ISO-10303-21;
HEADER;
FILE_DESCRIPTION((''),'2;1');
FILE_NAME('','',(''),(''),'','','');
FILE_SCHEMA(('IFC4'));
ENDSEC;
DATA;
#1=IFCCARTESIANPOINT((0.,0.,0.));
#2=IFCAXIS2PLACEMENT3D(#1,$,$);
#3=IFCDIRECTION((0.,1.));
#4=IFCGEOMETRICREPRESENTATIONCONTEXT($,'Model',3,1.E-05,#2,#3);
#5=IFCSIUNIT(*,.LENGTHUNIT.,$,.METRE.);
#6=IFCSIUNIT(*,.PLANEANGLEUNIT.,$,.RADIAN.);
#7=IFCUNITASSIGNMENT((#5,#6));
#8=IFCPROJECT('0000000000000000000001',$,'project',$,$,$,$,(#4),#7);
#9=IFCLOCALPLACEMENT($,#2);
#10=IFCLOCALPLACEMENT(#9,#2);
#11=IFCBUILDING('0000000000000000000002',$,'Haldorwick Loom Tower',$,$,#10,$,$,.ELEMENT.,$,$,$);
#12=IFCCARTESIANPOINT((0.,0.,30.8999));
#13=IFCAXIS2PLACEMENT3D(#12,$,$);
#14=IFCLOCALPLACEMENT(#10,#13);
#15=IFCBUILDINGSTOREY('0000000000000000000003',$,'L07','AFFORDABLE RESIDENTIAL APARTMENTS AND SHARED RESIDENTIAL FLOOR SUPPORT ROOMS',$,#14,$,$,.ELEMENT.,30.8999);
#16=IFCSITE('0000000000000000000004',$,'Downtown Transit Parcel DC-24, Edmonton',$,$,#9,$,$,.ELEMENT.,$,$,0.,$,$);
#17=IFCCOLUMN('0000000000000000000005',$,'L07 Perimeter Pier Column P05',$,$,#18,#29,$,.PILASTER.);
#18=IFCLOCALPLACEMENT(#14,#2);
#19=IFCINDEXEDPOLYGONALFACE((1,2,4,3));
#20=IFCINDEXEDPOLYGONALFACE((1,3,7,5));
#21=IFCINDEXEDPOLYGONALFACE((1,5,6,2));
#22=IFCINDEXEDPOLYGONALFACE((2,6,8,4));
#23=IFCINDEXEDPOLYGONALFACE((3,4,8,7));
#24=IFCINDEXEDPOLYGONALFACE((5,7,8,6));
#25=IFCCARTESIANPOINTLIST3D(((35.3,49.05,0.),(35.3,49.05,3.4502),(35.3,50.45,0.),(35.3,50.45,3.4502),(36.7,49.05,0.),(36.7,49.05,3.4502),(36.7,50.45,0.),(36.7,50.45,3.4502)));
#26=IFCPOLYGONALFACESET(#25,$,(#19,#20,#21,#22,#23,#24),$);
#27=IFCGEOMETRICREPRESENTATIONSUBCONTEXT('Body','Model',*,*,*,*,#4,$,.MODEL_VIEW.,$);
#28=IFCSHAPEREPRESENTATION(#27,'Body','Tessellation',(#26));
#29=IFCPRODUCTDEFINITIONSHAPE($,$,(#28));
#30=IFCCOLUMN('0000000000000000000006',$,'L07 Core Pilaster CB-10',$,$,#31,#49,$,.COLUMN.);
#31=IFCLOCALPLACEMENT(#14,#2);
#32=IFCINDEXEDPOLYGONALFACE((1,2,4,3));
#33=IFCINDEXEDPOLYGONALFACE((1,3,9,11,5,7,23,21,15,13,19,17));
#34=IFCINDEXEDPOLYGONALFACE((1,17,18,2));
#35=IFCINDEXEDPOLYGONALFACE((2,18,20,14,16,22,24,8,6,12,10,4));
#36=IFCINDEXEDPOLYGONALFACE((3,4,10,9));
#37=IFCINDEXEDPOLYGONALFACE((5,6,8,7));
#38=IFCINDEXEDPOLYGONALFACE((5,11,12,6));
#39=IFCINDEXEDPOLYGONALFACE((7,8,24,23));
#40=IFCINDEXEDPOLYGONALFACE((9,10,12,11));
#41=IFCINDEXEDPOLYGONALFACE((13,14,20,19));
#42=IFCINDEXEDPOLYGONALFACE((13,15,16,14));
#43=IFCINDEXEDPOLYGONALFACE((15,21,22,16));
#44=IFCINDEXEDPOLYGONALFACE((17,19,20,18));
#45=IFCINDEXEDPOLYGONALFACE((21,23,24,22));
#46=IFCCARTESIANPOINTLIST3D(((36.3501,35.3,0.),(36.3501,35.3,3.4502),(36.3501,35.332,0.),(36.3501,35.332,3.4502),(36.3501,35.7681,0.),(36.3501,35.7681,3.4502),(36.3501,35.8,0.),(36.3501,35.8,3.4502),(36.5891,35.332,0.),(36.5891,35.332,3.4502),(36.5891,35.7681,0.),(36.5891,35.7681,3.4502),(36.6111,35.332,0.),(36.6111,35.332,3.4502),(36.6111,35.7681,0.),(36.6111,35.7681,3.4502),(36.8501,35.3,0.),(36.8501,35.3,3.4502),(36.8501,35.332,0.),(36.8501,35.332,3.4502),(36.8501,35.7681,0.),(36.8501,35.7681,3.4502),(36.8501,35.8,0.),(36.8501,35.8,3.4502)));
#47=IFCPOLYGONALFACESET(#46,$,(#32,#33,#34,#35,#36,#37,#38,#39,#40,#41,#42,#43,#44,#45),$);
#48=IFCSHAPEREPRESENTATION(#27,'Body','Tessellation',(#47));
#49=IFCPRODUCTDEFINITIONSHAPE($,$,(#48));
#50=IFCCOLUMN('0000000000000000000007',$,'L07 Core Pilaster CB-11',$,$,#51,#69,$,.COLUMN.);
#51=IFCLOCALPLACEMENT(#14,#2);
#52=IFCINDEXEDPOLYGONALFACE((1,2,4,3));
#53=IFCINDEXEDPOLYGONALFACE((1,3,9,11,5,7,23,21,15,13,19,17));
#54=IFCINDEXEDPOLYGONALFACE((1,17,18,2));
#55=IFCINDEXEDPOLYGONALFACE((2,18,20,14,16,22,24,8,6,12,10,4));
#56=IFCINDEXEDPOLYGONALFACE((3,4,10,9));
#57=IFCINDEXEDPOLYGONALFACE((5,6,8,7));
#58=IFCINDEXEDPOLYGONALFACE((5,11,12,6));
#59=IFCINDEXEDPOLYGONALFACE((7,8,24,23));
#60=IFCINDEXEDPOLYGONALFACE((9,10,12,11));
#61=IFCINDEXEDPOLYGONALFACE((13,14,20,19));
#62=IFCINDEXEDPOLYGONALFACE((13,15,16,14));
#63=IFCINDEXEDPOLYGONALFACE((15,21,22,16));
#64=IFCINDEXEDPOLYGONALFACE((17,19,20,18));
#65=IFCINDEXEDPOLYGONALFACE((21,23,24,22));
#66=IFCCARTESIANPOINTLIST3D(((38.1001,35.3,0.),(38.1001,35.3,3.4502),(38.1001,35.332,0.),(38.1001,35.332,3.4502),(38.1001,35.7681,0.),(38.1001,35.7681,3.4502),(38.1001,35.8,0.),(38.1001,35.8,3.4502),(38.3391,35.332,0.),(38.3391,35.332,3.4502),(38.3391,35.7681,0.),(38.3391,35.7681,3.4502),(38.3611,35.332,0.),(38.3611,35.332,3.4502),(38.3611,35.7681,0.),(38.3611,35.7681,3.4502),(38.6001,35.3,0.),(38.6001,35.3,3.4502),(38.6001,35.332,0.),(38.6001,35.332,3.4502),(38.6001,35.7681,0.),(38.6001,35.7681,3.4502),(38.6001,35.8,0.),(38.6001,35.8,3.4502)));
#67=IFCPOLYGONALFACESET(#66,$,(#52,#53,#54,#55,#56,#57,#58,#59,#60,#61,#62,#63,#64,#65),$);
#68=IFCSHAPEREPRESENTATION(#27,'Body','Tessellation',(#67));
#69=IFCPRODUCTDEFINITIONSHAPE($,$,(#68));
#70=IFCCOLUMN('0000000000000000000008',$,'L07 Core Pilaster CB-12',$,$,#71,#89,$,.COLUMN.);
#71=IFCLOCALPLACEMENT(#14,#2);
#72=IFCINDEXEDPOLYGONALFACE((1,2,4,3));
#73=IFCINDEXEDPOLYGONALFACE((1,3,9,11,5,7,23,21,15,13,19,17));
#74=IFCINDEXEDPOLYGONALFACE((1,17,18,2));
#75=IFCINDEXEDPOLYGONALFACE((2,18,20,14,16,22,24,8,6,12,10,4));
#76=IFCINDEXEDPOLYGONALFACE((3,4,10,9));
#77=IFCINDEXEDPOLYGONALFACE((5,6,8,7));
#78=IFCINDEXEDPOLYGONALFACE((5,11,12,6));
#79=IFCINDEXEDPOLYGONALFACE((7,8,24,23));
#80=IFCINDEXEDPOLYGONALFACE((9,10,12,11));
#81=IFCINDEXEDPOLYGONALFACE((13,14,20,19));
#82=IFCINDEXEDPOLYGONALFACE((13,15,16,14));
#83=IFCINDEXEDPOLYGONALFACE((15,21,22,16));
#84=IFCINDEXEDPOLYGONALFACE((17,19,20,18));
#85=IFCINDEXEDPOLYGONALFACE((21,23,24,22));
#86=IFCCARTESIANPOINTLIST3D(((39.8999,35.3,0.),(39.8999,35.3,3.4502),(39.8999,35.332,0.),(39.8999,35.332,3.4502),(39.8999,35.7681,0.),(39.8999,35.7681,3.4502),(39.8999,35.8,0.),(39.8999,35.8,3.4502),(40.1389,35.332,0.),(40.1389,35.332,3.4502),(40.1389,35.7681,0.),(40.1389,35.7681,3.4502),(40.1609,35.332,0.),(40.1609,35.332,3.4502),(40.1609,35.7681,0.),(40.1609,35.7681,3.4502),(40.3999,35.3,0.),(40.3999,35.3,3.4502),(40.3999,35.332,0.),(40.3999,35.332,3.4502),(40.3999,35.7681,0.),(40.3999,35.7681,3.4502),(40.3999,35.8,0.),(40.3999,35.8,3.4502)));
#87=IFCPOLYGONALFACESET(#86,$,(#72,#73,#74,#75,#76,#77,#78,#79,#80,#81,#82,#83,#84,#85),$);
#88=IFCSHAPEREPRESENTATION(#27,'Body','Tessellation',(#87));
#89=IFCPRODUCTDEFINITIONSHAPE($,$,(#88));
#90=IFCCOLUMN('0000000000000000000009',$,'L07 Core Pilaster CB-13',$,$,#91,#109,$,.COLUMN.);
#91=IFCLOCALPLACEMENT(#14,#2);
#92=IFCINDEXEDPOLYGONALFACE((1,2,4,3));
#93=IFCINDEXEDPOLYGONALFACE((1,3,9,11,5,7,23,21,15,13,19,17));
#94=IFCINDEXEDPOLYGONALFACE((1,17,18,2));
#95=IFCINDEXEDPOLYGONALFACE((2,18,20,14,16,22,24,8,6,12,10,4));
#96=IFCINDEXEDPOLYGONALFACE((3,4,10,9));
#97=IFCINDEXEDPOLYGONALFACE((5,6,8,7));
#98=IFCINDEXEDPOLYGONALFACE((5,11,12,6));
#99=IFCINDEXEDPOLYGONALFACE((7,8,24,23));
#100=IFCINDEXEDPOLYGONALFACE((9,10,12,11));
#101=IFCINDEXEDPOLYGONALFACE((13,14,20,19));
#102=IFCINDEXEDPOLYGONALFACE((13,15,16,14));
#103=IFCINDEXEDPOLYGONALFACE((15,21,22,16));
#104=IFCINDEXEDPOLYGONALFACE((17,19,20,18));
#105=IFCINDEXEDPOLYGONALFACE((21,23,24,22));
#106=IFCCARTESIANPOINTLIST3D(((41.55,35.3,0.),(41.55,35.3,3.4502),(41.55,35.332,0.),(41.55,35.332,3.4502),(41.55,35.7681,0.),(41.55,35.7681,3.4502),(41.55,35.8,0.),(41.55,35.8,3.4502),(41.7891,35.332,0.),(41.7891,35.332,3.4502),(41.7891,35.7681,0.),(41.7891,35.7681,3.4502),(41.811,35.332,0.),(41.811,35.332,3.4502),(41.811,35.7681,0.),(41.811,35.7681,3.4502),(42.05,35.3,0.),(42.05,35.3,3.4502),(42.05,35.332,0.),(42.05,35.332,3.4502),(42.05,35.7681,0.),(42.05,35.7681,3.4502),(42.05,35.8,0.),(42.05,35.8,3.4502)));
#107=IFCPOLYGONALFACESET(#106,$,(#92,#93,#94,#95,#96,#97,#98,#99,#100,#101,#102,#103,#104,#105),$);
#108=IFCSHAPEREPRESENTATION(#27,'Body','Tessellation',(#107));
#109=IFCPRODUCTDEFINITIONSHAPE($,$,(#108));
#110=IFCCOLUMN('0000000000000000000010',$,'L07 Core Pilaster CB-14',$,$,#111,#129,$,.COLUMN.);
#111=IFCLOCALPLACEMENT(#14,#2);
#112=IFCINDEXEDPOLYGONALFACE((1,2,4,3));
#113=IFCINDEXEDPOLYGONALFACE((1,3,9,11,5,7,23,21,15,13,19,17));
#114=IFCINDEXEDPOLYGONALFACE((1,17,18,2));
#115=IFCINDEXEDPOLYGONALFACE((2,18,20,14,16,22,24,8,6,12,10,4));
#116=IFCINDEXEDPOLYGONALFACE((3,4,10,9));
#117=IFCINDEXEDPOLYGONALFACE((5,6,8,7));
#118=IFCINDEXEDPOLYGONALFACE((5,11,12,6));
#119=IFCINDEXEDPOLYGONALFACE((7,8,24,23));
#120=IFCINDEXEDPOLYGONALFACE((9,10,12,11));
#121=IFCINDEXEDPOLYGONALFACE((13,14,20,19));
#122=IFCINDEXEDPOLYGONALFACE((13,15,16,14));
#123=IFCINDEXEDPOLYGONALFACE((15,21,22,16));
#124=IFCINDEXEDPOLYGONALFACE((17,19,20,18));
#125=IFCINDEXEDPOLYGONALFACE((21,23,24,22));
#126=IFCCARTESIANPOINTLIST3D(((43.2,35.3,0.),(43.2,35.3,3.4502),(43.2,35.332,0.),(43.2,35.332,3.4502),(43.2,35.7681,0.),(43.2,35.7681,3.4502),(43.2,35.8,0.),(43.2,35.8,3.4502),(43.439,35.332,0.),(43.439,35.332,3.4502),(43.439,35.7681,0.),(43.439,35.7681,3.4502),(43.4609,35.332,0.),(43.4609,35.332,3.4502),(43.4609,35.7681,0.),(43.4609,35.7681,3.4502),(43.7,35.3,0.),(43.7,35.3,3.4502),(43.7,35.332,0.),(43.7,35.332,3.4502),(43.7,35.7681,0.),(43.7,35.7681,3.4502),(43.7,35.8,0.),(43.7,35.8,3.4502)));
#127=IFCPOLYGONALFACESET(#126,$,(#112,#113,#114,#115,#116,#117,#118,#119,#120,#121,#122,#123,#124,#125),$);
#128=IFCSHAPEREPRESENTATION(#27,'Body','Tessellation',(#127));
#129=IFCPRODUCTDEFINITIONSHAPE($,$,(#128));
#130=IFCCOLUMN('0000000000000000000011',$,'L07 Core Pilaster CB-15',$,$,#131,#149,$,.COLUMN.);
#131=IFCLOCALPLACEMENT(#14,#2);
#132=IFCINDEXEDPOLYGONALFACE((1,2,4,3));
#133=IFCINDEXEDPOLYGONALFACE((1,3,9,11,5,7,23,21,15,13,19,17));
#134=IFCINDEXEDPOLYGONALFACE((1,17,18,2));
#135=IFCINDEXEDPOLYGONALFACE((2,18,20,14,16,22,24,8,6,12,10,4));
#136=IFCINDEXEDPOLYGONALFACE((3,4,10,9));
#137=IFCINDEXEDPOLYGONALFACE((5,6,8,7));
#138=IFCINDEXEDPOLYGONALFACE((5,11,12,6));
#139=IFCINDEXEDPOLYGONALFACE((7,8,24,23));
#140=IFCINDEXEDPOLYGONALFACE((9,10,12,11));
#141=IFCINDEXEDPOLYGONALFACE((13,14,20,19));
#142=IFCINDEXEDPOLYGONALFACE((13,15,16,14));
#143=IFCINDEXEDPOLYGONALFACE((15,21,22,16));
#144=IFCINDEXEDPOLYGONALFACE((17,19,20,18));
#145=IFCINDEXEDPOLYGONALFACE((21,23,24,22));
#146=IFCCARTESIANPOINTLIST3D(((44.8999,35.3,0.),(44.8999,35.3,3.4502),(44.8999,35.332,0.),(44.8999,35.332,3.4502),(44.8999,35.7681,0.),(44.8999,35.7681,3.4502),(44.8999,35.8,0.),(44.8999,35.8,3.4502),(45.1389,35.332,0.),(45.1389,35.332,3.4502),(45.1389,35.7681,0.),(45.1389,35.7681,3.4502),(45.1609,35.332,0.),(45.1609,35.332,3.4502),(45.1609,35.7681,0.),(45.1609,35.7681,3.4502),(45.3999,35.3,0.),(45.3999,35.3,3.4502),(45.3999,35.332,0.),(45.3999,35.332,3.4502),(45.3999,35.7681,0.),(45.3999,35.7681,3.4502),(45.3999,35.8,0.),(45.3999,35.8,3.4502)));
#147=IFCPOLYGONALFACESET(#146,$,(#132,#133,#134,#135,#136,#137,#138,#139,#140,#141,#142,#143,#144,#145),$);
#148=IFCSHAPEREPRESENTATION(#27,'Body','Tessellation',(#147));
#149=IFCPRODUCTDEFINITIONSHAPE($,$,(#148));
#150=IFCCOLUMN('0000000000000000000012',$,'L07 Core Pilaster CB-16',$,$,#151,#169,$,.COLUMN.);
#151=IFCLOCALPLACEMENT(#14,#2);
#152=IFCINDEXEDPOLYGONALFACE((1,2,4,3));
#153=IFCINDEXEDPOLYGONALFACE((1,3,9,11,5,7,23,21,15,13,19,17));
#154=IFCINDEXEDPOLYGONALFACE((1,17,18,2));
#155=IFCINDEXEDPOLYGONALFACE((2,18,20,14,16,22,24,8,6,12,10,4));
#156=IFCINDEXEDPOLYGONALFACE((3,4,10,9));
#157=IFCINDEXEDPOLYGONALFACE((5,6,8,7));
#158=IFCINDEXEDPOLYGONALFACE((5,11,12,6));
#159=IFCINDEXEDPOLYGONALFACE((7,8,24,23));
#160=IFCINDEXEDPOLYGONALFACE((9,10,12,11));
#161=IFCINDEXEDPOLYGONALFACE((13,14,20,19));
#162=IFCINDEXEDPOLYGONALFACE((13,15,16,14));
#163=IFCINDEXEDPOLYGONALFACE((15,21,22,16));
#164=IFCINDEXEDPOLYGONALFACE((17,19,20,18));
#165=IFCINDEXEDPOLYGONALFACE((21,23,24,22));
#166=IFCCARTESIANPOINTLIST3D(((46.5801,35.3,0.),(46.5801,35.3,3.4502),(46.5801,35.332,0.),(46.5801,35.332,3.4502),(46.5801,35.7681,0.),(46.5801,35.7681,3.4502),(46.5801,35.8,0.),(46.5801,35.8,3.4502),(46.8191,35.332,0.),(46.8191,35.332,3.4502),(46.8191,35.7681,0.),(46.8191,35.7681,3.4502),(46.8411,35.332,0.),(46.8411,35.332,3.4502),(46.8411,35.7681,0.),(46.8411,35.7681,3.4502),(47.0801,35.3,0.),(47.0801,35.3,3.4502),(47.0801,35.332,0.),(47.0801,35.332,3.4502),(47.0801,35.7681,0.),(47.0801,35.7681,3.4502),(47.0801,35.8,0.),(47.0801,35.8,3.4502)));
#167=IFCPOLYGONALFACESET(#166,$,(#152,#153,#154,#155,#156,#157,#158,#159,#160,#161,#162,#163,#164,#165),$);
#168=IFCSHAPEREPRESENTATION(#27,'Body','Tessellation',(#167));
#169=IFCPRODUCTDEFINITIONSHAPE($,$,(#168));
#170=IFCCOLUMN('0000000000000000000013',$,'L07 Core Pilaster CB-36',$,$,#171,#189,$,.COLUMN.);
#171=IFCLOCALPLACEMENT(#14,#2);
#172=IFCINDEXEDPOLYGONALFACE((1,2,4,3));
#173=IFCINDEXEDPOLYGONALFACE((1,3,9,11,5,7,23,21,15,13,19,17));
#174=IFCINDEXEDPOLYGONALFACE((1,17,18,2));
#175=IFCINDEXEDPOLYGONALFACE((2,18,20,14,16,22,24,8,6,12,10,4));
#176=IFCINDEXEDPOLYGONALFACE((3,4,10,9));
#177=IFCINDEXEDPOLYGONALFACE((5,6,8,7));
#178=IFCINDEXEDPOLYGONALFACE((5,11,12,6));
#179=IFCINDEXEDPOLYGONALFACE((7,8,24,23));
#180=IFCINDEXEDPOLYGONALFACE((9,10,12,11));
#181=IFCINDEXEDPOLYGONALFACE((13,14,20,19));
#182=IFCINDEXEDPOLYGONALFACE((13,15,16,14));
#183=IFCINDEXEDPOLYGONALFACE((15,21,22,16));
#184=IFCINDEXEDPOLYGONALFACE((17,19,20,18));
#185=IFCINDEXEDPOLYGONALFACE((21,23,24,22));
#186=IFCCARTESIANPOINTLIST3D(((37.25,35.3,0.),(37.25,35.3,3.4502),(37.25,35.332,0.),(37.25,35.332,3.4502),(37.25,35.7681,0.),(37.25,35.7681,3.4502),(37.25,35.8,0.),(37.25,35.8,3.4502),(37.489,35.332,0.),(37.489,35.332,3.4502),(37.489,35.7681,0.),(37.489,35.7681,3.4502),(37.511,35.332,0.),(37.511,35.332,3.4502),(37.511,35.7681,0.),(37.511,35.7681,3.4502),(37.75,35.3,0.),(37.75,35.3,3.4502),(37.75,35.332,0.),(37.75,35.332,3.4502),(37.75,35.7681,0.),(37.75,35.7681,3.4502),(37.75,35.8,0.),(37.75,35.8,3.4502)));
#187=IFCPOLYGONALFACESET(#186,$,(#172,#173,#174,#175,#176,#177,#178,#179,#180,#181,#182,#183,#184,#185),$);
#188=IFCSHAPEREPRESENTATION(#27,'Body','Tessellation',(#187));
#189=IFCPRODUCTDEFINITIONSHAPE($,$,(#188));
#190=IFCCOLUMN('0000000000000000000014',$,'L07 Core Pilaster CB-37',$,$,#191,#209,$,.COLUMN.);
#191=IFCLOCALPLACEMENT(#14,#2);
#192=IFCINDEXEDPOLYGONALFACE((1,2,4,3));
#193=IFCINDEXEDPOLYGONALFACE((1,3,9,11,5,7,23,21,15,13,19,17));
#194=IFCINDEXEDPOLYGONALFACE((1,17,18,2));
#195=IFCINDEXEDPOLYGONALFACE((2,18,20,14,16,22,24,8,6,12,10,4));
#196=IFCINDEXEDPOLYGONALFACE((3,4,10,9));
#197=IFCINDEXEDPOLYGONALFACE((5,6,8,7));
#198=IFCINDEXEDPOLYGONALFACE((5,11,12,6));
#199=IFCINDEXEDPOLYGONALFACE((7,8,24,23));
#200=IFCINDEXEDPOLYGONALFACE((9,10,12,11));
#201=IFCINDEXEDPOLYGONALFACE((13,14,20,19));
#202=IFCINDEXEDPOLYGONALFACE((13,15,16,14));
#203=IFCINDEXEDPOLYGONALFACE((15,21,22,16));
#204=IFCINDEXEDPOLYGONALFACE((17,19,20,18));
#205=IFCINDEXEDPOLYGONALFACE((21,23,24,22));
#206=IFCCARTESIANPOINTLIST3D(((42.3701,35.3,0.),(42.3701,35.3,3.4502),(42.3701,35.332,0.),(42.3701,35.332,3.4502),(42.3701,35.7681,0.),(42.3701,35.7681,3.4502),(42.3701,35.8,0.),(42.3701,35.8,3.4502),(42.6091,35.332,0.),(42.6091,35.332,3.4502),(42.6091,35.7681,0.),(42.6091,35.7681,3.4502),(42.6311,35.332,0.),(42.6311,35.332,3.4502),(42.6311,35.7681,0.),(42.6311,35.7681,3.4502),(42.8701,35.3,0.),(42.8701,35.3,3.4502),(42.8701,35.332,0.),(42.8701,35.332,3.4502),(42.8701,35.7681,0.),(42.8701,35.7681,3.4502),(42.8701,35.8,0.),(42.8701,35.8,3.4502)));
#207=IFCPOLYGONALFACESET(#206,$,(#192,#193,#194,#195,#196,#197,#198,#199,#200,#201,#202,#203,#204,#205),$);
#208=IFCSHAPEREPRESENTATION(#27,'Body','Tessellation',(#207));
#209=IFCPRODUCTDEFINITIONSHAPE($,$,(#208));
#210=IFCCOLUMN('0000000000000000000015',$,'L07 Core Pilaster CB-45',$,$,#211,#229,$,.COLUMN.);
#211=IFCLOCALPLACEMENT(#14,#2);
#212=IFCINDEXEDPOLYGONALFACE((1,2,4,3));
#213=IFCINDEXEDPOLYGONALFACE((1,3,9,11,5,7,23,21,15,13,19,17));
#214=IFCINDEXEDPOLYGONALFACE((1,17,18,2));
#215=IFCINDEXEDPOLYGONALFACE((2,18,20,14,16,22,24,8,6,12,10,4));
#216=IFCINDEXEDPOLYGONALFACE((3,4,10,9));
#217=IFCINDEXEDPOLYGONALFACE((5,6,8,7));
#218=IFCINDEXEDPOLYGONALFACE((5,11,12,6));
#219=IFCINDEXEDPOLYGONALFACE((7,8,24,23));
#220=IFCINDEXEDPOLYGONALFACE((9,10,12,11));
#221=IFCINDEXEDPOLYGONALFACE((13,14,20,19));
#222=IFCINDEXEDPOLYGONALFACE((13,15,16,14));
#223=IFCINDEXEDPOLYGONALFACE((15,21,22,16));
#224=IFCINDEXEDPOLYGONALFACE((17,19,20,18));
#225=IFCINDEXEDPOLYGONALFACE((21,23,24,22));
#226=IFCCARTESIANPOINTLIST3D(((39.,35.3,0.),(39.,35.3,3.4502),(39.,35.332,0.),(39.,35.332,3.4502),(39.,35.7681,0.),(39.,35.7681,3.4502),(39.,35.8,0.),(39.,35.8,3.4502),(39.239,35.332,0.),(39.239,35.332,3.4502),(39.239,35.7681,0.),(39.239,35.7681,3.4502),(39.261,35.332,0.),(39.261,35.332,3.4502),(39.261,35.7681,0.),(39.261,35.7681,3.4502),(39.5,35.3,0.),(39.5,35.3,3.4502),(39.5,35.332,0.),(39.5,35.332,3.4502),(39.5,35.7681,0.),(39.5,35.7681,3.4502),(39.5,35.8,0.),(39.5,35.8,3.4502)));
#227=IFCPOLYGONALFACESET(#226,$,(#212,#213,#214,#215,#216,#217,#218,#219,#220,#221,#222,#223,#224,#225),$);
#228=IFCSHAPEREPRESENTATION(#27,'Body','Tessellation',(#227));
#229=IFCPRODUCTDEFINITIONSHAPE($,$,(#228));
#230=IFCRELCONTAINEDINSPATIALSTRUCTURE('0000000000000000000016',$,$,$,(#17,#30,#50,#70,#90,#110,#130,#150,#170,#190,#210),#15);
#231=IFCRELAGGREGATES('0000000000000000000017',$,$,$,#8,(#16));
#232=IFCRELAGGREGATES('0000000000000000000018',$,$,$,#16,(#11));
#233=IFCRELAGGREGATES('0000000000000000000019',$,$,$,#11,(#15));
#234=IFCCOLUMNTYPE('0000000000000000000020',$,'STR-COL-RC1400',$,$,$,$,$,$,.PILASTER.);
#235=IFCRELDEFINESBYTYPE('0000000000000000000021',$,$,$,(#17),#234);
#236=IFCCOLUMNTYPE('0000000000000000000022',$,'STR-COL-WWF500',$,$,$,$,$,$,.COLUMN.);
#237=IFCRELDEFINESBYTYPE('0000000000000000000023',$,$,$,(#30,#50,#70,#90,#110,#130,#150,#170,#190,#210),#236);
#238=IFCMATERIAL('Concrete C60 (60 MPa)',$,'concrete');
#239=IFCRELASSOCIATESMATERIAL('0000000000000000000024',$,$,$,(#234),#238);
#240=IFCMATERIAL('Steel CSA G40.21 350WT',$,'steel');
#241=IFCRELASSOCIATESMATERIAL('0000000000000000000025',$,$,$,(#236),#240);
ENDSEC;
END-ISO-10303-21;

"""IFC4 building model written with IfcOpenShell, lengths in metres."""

from ifc_helpers import new_model, si_unit, direction, frame, origin, origin_2d, place, context, subcontext, project, spatial, rectangle, i_section, extrude, material, material_profile, profile_set, type_object, element, save


model = new_model("IFC4")

# Units and contexts
model_context = context("Model", 3, precision=1e-05, world=origin(), true_north=direction((0.0, 1.0)))
body_context = subcontext(model_context, "Body", "Model", "MODEL_VIEW")
ifc_project = project(units=[si_unit("LENGTHUNIT", "METRE"), si_unit("PLANEANGLEUNIT", "RADIAN")], contexts=[model_context])

# Site, building, storey
site_placement = place(None, origin())
site = spatial("IfcSite", under=ifc_project, at=site_placement, Name="Downtown Transit Parcel DC-24, Edmonton", CompositionType="ELEMENT", RefElevation=0.0)
building_placement = place(site_placement, origin())
building = spatial("IfcBuilding", under=site, at=building_placement, Name="Haldorwick Loom Tower", CompositionType="ELEMENT")
storey_placement = place(building_placement, frame((0.0, 0.0, 30.8999)))
storey = spatial("IfcBuildingStorey", under=building, at=storey_placement, Name="L07", Description="AFFORDABLE RESIDENTIAL APARTMENTS AND SHARED RESIDENTIAL FLOOR SUPPORT ROOMS", CompositionType="ELEMENT", Elevation=30.8999)

# Columns
ifc_material_1 = material(Name="Concrete C60 (60 MPa)", Category="concrete")
ifc_material_profile_1 = material_profile(ifc_material_1, rectangle(XDim=1.3999, YDim=1.3999, at=origin_2d()), Name="RC1400X1400", Category="concrete")
ifc_profile_set_1 = profile_set([ifc_material_profile_1], Name="Concrete C60 (60 MPa)")
column_type_1 = type_object("IfcColumnType", Name="STR-COL-RC1400", PredefinedType="PILASTER", material=ifc_profile_set_1)
column_placement = place(storey_placement, frame((36.0, 49.75, 0.0), z_axis=(0.0, 0.0, 1.0), x_axis=(0.0, 1.0, 0.0)))
element("IfcColumn", 1, at=column_placement, inside=storey, type_object=column_type_1, Name="L07 Perimeter Pier Column P05", PredefinedType="PILASTER", context=body_context, shape_type="SweptSolid", body=[
    extrude(rectangle(XDim=1.3999, YDim=1.3999, at=origin_2d()), origin(), (0.0, 0.0, 1.0), 3.4502),
])
ifc_material_2 = material(Name="Steel CSA G40.21 350WT", Category="steel")
ifc_material_profile_2 = material_profile(ifc_material_2, i_section(OverallWidth=0.5, OverallDepth=0.5, WebThickness=0.022, FlangeThickness=0.032, at=origin_2d()), Name="WWF500X500", Category="steel")
ifc_profile_set_2 = profile_set([ifc_material_profile_2], Name="Steel CSA G40.21 350WT")
column_type_2 = type_object("IfcColumnType", Name="STR-COL-WWF500", PredefinedType="COLUMN", material=ifc_profile_set_2)
for number, where, z_axis, x_axis, name in (
    (2, (36.6001, 35.55, 0.0), (0.0, 0.0, 1.0), (1.0, 0.0, 0.0), "L07 Core Pilaster CB-10"),
    (3, (38.3501, 35.55, 0.0), (0.0, 0.0, 1.0), (1.0, 0.0, 0.0), "L07 Core Pilaster CB-11"),
    (4, (40.1499, 35.55, 0.0), (0.0, 0.0, 1.0), (1.0, 0.0, 0.0), "L07 Core Pilaster CB-12"),
    (5, (41.8, 35.55, 0.0), (0.0, 0.0, 1.0), (1.0, 0.0, 0.0), "L07 Core Pilaster CB-13"),
    (6, (43.45, 35.55, 0.0), (0.0, 0.0, 1.0), (1.0, 0.0, 0.0), "L07 Core Pilaster CB-14"),
    (7, (45.1499, 35.55, 0.0), (0.0, 0.0, 1.0), (1.0, 0.0, 0.0), "L07 Core Pilaster CB-15"),
    (8, (46.8301, 35.55, 0.0), (0.0, 0.0, 1.0), (1.0, 0.0, 0.0), "L07 Core Pilaster CB-16"),
    (9, (37.5, 35.55, 0.0), (0.0, 0.0, 1.0), (1.0, 0.0, 0.0), "L07 Core Pilaster CB-36"),
    (10, (42.6201, 35.55, 0.0), (0.0, 0.0, 1.0), (1.0, 0.0, 0.0), "L07 Core Pilaster CB-37"),
    (11, (39.25, 35.55, 0.0), (0.0, 0.0, 1.0), (1.0, 0.0, 0.0), "L07 Core Pilaster CB-45"),
):
    element("IfcColumn", number, at=place(storey_placement, frame(where, z_axis=z_axis, x_axis=x_axis)), inside=storey, type_object=column_type_2, Name=name, PredefinedType="COLUMN", context=body_context, shape_type="SweptSolid", body=[
        extrude(i_section(OverallWidth=0.5, OverallDepth=0.5, WebThickness=0.022, FlangeThickness=0.032, at=origin_2d()), origin(), (0.0, 0.0, 1.0), 3.4502),
    ])

save(model, "model.ifc")
